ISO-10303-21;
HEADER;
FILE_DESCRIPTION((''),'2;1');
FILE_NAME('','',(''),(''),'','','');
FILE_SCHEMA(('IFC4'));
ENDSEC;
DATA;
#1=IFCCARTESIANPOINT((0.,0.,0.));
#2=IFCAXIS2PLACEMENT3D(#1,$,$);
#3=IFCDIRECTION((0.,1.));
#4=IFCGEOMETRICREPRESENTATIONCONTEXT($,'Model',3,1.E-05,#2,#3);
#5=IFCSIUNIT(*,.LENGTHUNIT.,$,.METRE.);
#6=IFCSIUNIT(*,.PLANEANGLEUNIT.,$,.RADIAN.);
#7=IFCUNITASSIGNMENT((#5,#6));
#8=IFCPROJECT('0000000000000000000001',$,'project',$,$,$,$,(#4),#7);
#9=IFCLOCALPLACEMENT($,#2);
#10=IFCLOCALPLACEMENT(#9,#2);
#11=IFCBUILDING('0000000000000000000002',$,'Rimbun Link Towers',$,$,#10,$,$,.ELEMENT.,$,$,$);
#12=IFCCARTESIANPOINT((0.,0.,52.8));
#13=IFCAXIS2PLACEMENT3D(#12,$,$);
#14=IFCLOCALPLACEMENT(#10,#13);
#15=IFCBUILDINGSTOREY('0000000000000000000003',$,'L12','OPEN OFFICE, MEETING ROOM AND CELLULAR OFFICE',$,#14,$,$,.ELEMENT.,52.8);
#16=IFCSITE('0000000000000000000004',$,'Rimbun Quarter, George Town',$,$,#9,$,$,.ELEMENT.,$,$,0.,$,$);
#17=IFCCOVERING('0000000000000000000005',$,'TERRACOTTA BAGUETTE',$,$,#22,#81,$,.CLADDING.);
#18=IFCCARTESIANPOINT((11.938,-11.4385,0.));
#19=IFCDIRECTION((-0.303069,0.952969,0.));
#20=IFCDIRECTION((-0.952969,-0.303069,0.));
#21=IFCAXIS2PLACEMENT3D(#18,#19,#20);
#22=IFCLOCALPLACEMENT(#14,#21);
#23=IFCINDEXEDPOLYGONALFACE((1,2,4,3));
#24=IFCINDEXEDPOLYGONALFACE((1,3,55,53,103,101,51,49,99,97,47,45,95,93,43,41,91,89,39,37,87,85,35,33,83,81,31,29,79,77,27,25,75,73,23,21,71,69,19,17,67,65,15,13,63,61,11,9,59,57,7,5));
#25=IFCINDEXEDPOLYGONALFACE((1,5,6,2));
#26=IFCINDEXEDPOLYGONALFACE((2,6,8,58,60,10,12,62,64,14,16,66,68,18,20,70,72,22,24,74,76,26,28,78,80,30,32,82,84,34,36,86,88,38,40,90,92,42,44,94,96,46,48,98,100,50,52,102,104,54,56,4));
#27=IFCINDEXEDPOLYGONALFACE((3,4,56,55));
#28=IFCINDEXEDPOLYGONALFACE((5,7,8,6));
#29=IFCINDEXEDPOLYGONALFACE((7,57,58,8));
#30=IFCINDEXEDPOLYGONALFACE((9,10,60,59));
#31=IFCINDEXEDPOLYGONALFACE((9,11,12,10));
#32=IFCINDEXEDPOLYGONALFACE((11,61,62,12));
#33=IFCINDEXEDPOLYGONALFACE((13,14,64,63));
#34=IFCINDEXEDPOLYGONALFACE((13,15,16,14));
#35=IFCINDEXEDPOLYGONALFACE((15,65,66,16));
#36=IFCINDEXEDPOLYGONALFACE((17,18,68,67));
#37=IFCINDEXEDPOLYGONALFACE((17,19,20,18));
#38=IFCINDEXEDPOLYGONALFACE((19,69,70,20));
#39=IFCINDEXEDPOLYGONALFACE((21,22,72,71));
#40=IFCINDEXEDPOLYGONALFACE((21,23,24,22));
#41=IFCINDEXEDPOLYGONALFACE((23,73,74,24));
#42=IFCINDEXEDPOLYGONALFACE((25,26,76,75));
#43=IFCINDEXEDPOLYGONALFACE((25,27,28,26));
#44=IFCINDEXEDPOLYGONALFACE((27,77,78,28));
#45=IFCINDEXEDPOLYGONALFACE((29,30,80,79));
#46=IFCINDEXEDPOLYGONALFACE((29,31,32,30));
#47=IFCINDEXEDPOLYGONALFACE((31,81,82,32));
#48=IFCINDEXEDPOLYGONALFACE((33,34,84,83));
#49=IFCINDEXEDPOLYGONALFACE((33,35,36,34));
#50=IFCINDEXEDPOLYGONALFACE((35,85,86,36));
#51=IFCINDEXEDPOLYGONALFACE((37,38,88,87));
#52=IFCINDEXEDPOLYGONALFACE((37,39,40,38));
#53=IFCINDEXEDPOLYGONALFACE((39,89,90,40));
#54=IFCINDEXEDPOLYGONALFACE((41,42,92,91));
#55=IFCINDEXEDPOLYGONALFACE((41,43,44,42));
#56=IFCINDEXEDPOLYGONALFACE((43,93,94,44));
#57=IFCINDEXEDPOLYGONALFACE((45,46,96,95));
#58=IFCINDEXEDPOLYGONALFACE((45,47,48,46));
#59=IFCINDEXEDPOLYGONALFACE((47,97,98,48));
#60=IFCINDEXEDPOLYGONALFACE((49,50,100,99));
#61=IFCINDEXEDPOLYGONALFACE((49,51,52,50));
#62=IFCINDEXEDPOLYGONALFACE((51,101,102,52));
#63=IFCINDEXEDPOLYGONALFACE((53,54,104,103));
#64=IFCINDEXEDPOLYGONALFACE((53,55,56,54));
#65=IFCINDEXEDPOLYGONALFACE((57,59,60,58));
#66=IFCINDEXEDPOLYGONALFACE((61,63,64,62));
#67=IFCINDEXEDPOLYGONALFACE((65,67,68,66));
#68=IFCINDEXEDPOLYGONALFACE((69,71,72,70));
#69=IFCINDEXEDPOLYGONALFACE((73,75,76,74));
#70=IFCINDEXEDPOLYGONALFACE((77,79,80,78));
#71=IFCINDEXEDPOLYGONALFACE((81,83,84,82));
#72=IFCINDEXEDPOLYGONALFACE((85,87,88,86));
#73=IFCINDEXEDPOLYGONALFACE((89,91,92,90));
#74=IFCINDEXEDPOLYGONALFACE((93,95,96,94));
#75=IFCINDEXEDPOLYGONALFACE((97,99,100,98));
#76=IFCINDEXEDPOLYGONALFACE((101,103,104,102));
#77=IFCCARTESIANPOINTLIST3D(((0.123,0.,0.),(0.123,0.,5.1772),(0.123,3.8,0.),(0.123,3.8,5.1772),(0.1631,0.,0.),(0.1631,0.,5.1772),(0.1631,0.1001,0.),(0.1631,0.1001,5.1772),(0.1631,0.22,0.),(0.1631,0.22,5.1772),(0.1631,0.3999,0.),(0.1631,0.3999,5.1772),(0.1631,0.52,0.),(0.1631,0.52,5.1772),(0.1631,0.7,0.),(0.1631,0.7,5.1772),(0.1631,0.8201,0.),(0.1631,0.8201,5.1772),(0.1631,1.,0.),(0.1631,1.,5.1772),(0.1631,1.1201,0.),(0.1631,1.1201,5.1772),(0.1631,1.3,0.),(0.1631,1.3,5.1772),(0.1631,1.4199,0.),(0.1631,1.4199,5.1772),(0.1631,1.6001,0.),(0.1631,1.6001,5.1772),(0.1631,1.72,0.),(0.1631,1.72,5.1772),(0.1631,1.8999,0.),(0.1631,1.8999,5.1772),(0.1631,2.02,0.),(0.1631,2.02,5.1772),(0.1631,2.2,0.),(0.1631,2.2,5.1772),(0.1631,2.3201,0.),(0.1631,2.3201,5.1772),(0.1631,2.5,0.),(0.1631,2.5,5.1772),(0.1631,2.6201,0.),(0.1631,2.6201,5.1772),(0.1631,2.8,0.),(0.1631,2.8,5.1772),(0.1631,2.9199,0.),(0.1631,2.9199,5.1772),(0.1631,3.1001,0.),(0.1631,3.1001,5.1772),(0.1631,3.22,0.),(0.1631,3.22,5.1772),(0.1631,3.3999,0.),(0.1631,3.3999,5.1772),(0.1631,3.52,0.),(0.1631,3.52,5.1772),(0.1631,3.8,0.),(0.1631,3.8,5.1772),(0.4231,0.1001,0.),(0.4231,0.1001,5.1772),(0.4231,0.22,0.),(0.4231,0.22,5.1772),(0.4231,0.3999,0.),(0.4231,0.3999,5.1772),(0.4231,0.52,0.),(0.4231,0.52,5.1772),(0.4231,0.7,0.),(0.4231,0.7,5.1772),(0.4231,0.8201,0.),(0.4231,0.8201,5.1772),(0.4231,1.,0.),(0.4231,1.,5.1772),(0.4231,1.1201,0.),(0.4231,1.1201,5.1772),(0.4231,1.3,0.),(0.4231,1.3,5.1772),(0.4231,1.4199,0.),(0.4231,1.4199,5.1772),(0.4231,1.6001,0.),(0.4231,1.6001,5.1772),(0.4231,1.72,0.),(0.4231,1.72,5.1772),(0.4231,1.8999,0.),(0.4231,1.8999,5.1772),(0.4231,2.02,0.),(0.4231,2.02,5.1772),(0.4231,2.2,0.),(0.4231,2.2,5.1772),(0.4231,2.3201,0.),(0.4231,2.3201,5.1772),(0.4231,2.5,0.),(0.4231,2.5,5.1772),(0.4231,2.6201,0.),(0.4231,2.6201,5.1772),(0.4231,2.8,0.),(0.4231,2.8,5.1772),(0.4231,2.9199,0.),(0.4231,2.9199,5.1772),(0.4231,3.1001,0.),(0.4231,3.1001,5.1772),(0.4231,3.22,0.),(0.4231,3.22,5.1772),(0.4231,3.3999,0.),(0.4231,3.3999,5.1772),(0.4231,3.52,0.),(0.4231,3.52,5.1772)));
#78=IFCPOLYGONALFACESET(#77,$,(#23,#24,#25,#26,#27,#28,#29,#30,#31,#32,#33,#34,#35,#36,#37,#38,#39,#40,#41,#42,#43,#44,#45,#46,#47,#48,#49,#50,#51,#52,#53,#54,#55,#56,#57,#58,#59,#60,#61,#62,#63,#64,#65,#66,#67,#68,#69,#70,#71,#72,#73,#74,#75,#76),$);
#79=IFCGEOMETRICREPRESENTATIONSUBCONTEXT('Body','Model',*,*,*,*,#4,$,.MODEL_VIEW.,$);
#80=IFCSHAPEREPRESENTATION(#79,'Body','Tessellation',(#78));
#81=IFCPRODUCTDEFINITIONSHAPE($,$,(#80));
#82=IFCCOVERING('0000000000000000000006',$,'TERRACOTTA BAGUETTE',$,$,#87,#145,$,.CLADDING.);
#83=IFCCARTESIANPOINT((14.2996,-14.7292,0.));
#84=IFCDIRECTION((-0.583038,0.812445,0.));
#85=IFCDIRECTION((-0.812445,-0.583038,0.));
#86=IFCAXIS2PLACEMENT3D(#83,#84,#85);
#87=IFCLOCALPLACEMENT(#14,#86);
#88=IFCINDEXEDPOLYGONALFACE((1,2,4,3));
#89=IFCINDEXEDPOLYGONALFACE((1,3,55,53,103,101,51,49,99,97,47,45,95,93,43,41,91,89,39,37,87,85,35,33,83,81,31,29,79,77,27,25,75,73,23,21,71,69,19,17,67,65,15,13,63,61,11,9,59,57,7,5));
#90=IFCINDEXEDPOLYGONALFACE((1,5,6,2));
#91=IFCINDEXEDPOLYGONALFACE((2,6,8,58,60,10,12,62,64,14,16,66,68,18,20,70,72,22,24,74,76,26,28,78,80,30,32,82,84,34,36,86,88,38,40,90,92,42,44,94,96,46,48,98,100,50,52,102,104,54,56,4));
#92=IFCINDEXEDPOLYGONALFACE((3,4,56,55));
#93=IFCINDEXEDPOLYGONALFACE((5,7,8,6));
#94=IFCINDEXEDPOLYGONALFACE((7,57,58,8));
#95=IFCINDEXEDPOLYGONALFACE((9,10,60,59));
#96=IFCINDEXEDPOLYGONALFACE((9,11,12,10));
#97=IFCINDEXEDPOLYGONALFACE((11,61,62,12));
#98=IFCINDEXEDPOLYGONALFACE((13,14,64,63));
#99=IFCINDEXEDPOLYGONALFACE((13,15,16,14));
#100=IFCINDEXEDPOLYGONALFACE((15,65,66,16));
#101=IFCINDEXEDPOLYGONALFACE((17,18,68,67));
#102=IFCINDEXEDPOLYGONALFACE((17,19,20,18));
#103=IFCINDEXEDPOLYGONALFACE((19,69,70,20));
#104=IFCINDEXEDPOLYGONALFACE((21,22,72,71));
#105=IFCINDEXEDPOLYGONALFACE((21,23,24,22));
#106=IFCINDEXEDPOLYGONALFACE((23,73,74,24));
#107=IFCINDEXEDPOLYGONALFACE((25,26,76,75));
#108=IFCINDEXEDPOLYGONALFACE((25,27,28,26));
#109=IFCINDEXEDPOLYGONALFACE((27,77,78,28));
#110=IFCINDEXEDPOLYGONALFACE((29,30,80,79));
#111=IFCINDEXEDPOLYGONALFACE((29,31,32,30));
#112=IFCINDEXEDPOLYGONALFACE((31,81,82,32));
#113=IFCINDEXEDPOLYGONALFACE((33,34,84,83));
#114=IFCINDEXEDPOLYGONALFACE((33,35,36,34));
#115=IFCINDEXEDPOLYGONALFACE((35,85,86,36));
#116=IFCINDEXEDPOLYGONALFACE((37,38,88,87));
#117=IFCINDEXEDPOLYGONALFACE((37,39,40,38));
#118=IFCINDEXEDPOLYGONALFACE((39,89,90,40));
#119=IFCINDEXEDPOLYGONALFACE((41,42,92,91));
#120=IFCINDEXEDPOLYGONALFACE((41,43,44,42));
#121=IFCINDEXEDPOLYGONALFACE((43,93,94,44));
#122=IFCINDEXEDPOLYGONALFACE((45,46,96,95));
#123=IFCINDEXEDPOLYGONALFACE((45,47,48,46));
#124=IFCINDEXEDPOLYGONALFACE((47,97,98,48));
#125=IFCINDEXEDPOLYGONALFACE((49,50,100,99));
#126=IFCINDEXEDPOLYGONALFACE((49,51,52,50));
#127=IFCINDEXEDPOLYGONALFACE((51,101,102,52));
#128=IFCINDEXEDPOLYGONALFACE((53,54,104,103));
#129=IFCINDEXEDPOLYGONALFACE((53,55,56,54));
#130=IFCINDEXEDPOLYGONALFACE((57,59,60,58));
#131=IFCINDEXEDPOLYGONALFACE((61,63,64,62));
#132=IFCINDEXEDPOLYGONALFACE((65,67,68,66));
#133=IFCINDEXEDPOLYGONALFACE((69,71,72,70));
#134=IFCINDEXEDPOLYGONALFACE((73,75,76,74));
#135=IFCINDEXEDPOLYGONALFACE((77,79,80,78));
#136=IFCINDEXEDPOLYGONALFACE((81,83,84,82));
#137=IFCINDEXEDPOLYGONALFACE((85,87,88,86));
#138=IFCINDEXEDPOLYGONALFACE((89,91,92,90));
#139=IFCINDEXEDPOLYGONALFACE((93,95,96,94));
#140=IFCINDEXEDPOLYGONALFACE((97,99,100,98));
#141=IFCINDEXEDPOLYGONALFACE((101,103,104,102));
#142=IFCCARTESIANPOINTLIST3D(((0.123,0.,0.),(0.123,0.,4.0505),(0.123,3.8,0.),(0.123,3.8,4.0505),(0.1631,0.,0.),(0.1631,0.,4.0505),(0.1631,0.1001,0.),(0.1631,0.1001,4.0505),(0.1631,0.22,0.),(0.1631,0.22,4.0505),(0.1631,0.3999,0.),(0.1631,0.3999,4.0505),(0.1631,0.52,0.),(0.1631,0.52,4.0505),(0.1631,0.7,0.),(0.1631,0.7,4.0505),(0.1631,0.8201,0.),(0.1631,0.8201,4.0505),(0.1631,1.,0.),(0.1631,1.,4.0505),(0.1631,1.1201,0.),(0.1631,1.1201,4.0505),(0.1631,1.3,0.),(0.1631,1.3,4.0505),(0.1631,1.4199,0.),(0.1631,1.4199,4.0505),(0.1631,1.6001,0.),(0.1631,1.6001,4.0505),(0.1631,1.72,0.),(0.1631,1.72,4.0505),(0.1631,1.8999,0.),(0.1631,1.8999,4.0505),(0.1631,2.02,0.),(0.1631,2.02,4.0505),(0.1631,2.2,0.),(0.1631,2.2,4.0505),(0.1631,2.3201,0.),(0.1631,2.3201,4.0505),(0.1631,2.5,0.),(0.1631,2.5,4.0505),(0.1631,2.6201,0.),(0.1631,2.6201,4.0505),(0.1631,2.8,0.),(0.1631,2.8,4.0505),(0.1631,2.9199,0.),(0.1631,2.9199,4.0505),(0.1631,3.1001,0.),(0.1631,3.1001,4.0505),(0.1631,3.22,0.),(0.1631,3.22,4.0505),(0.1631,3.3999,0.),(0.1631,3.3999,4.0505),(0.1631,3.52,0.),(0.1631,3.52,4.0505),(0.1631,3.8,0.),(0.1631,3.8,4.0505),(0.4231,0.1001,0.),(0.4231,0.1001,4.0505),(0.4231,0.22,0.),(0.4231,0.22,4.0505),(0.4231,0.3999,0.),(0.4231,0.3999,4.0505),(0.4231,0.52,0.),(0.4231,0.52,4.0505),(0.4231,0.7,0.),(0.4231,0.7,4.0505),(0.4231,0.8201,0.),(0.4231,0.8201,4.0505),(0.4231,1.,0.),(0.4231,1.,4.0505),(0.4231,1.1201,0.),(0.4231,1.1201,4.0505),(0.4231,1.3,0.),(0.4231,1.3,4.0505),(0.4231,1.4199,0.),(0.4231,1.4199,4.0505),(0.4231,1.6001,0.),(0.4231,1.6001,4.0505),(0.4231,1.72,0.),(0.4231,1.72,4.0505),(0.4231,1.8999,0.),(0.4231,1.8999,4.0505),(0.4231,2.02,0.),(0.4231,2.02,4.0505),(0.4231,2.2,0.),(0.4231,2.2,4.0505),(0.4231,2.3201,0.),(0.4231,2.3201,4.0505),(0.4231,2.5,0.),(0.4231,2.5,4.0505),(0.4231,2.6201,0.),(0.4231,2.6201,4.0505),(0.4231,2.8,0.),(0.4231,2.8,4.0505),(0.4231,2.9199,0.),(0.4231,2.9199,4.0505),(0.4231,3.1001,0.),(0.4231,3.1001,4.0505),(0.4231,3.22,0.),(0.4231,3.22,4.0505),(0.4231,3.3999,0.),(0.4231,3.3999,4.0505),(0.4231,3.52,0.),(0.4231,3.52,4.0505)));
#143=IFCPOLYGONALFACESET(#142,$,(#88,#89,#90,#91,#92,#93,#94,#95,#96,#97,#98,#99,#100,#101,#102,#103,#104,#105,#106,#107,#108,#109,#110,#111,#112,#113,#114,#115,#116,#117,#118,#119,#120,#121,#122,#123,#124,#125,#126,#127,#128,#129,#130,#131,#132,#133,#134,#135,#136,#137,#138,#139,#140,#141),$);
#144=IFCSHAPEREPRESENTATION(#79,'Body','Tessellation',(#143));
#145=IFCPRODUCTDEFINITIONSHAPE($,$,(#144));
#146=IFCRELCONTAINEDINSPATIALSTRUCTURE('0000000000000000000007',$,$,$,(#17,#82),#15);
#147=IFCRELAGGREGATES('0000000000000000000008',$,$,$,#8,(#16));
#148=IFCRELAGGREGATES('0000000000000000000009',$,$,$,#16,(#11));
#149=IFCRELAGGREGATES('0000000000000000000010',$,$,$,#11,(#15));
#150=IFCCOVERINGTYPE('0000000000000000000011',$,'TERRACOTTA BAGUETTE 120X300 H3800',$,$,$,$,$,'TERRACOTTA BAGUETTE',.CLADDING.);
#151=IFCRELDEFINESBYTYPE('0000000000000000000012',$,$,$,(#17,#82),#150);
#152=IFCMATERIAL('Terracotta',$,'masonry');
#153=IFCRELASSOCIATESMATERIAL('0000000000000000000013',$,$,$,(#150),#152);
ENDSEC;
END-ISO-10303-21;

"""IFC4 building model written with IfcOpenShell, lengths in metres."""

from ifc_helpers import new_model, si_unit, direction, frame, origin, place, context, subcontext, project, spatial, polyline, outline, extrude, material, material_profile, profile_set, type_object, element, save


model = new_model("IFC4")

# Units and contexts
model_context = context("Model", 3, precision=1e-05, world=origin(), true_north=direction((0.0, 1.0)))
body_context = subcontext(model_context, "Body", "Model", "MODEL_VIEW")
ifc_project = project(units=[si_unit("LENGTHUNIT", "METRE"), si_unit("PLANEANGLEUNIT", "RADIAN")], contexts=[model_context])

# Site, building, storey
site_placement = place(None, origin())
site = spatial("IfcSite", under=ifc_project, at=site_placement, Name="Rimbun Quarter, George Town", CompositionType="ELEMENT", RefElevation=0.0)
building_placement = place(site_placement, origin())
building = spatial("IfcBuilding", under=site, at=building_placement, Name="Rimbun Link Towers", CompositionType="ELEMENT")
storey_placement = place(building_placement, frame((0.0, 0.0, 52.8)))
storey = spatial("IfcBuildingStorey", under=building, at=storey_placement, Name="L12", Description="OPEN OFFICE, MEETING ROOM AND CELLULAR OFFICE", CompositionType="ELEMENT", Elevation=52.8)

# Coverings
ifc_material_1 = material(Name="Terracotta", Category="masonry")
ifc_material_profile_1 = material_profile(ifc_material_1, outline(polyline([(0.123, 0.0), (0.1631, 0.0), (0.1631, 0.1001), (0.4231, 0.1001), (0.4231, 0.22), (0.1631, 0.22), (0.1631, 0.3999), (0.4231, 0.3999), (0.4231, 0.52), (0.1631, 0.52), (0.1631, 0.7), (0.4231, 0.7), (0.4231, 0.8201), (0.1631, 0.8201), (0.1631, 1.0), (0.4231, 1.0), (0.4231, 1.1201), (0.1631, 1.1201), (0.1631, 1.3), (0.4231, 1.3), (0.4231, 1.4199), (0.1631, 1.4199), (0.1631, 1.6001), (0.4231, 1.6001), (0.4231, 1.72), (0.1631, 1.72), (0.1631, 1.8999), (0.4231, 1.8999), (0.4231, 2.02), (0.1631, 2.02), (0.1631, 2.2), (0.4231, 2.2), (0.4231, 2.3201), (0.1631, 2.3201), (0.1631, 2.5), (0.4231, 2.5), (0.4231, 2.6201), (0.1631, 2.6201), (0.1631, 2.8), (0.4231, 2.8), (0.4231, 2.9199), (0.1631, 2.9199), (0.1631, 3.1001), (0.4231, 3.1001), (0.4231, 3.22), (0.1631, 3.22), (0.1631, 3.3999), (0.4231, 3.3999), (0.4231, 3.52), (0.1631, 3.52), (0.1631, 3.8), (0.123, 3.8), (0.123, 0.0)])), Name="BAGUETTE 120X300")
ifc_profile_set_1 = profile_set([ifc_material_profile_1], Name="Terracotta")
covering_type = type_object("IfcCoveringType", Name="TERRACOTTA BAGUETTE 120X300 H3800", ElementType="TERRACOTTA BAGUETTE", PredefinedType="CLADDING", material=ifc_profile_set_1)
covering_1_placement = place(storey_placement, frame((11.938, -11.4385, 0.0), z_axis=(-0.303069, 0.952969, 0.0), x_axis=(-0.952969, -0.303069, 0.0)))
element("IfcCovering", 1, at=covering_1_placement, inside=storey, type_object=covering_type, Name="TERRACOTTA BAGUETTE", PredefinedType="CLADDING", context=body_context, shape_type="SweptSolid", body=[
    extrude(outline(polyline([(0.123, 0.0), (0.1631, 0.0), (0.1631, 0.1001), (0.4231, 0.1001), (0.4231, 0.22), (0.1631, 0.22), (0.1631, 0.3999), (0.4231, 0.3999), (0.4231, 0.52), (0.1631, 0.52), (0.1631, 0.7), (0.4231, 0.7), (0.4231, 0.8201), (0.1631, 0.8201), (0.1631, 1.0), (0.4231, 1.0), (0.4231, 1.1201), (0.1631, 1.1201), (0.1631, 1.3), (0.4231, 1.3), (0.4231, 1.4199), (0.1631, 1.4199), (0.1631, 1.6001), (0.4231, 1.6001), (0.4231, 1.72), (0.1631, 1.72), (0.1631, 1.8999), (0.4231, 1.8999), (0.4231, 2.02), (0.1631, 2.02), (0.1631, 2.2), (0.4231, 2.2), (0.4231, 2.3201), (0.1631, 2.3201), (0.1631, 2.5), (0.4231, 2.5), (0.4231, 2.6201), (0.1631, 2.6201), (0.1631, 2.8), (0.4231, 2.8), (0.4231, 2.9199), (0.1631, 2.9199), (0.1631, 3.1001), (0.4231, 3.1001), (0.4231, 3.22), (0.1631, 3.22), (0.1631, 3.3999), (0.4231, 3.3999), (0.4231, 3.52), (0.1631, 3.52), (0.1631, 3.8), (0.123, 3.8), (0.123, 0.0)])), origin(), (0.0, 0.0, 1.0), 5.1772),
])
covering_2_placement = place(storey_placement, frame((14.2996, -14.7292, 0.0), z_axis=(-0.583038, 0.812445, 0.0), x_axis=(-0.812445, -0.583038, 0.0)))
element("IfcCovering", 2, at=covering_2_placement, inside=storey, type_object=covering_type, Name="TERRACOTTA BAGUETTE", PredefinedType="CLADDING", context=body_context, shape_type="SweptSolid", body=[
    extrude(outline(polyline([(0.123, 0.0), (0.1631, 0.0), (0.1631, 0.1001), (0.4231, 0.1001), (0.4231, 0.22), (0.1631, 0.22), (0.1631, 0.3999), (0.4231, 0.3999), (0.4231, 0.52), (0.1631, 0.52), (0.1631, 0.7), (0.4231, 0.7), (0.4231, 0.8201), (0.1631, 0.8201), (0.1631, 1.0), (0.4231, 1.0), (0.4231, 1.1201), (0.1631, 1.1201), (0.1631, 1.3), (0.4231, 1.3), (0.4231, 1.4199), (0.1631, 1.4199), (0.1631, 1.6001), (0.4231, 1.6001), (0.4231, 1.72), (0.1631, 1.72), (0.1631, 1.8999), (0.4231, 1.8999), (0.4231, 2.02), (0.1631, 2.02), (0.1631, 2.2), (0.4231, 2.2), (0.4231, 2.3201), (0.1631, 2.3201), (0.1631, 2.5), (0.4231, 2.5), (0.4231, 2.6201), (0.1631, 2.6201), (0.1631, 2.8), (0.4231, 2.8), (0.4231, 2.9199), (0.1631, 2.9199), (0.1631, 3.1001), (0.4231, 3.1001), (0.4231, 3.22), (0.1631, 3.22), (0.1631, 3.3999), (0.4231, 3.3999), (0.4231, 3.52), (0.1631, 3.52), (0.1631, 3.8), (0.123, 3.8), (0.123, 0.0)])), origin(), (0.0, 0.0, 1.0), 4.0505),
])

save(model, "model.ifc")
